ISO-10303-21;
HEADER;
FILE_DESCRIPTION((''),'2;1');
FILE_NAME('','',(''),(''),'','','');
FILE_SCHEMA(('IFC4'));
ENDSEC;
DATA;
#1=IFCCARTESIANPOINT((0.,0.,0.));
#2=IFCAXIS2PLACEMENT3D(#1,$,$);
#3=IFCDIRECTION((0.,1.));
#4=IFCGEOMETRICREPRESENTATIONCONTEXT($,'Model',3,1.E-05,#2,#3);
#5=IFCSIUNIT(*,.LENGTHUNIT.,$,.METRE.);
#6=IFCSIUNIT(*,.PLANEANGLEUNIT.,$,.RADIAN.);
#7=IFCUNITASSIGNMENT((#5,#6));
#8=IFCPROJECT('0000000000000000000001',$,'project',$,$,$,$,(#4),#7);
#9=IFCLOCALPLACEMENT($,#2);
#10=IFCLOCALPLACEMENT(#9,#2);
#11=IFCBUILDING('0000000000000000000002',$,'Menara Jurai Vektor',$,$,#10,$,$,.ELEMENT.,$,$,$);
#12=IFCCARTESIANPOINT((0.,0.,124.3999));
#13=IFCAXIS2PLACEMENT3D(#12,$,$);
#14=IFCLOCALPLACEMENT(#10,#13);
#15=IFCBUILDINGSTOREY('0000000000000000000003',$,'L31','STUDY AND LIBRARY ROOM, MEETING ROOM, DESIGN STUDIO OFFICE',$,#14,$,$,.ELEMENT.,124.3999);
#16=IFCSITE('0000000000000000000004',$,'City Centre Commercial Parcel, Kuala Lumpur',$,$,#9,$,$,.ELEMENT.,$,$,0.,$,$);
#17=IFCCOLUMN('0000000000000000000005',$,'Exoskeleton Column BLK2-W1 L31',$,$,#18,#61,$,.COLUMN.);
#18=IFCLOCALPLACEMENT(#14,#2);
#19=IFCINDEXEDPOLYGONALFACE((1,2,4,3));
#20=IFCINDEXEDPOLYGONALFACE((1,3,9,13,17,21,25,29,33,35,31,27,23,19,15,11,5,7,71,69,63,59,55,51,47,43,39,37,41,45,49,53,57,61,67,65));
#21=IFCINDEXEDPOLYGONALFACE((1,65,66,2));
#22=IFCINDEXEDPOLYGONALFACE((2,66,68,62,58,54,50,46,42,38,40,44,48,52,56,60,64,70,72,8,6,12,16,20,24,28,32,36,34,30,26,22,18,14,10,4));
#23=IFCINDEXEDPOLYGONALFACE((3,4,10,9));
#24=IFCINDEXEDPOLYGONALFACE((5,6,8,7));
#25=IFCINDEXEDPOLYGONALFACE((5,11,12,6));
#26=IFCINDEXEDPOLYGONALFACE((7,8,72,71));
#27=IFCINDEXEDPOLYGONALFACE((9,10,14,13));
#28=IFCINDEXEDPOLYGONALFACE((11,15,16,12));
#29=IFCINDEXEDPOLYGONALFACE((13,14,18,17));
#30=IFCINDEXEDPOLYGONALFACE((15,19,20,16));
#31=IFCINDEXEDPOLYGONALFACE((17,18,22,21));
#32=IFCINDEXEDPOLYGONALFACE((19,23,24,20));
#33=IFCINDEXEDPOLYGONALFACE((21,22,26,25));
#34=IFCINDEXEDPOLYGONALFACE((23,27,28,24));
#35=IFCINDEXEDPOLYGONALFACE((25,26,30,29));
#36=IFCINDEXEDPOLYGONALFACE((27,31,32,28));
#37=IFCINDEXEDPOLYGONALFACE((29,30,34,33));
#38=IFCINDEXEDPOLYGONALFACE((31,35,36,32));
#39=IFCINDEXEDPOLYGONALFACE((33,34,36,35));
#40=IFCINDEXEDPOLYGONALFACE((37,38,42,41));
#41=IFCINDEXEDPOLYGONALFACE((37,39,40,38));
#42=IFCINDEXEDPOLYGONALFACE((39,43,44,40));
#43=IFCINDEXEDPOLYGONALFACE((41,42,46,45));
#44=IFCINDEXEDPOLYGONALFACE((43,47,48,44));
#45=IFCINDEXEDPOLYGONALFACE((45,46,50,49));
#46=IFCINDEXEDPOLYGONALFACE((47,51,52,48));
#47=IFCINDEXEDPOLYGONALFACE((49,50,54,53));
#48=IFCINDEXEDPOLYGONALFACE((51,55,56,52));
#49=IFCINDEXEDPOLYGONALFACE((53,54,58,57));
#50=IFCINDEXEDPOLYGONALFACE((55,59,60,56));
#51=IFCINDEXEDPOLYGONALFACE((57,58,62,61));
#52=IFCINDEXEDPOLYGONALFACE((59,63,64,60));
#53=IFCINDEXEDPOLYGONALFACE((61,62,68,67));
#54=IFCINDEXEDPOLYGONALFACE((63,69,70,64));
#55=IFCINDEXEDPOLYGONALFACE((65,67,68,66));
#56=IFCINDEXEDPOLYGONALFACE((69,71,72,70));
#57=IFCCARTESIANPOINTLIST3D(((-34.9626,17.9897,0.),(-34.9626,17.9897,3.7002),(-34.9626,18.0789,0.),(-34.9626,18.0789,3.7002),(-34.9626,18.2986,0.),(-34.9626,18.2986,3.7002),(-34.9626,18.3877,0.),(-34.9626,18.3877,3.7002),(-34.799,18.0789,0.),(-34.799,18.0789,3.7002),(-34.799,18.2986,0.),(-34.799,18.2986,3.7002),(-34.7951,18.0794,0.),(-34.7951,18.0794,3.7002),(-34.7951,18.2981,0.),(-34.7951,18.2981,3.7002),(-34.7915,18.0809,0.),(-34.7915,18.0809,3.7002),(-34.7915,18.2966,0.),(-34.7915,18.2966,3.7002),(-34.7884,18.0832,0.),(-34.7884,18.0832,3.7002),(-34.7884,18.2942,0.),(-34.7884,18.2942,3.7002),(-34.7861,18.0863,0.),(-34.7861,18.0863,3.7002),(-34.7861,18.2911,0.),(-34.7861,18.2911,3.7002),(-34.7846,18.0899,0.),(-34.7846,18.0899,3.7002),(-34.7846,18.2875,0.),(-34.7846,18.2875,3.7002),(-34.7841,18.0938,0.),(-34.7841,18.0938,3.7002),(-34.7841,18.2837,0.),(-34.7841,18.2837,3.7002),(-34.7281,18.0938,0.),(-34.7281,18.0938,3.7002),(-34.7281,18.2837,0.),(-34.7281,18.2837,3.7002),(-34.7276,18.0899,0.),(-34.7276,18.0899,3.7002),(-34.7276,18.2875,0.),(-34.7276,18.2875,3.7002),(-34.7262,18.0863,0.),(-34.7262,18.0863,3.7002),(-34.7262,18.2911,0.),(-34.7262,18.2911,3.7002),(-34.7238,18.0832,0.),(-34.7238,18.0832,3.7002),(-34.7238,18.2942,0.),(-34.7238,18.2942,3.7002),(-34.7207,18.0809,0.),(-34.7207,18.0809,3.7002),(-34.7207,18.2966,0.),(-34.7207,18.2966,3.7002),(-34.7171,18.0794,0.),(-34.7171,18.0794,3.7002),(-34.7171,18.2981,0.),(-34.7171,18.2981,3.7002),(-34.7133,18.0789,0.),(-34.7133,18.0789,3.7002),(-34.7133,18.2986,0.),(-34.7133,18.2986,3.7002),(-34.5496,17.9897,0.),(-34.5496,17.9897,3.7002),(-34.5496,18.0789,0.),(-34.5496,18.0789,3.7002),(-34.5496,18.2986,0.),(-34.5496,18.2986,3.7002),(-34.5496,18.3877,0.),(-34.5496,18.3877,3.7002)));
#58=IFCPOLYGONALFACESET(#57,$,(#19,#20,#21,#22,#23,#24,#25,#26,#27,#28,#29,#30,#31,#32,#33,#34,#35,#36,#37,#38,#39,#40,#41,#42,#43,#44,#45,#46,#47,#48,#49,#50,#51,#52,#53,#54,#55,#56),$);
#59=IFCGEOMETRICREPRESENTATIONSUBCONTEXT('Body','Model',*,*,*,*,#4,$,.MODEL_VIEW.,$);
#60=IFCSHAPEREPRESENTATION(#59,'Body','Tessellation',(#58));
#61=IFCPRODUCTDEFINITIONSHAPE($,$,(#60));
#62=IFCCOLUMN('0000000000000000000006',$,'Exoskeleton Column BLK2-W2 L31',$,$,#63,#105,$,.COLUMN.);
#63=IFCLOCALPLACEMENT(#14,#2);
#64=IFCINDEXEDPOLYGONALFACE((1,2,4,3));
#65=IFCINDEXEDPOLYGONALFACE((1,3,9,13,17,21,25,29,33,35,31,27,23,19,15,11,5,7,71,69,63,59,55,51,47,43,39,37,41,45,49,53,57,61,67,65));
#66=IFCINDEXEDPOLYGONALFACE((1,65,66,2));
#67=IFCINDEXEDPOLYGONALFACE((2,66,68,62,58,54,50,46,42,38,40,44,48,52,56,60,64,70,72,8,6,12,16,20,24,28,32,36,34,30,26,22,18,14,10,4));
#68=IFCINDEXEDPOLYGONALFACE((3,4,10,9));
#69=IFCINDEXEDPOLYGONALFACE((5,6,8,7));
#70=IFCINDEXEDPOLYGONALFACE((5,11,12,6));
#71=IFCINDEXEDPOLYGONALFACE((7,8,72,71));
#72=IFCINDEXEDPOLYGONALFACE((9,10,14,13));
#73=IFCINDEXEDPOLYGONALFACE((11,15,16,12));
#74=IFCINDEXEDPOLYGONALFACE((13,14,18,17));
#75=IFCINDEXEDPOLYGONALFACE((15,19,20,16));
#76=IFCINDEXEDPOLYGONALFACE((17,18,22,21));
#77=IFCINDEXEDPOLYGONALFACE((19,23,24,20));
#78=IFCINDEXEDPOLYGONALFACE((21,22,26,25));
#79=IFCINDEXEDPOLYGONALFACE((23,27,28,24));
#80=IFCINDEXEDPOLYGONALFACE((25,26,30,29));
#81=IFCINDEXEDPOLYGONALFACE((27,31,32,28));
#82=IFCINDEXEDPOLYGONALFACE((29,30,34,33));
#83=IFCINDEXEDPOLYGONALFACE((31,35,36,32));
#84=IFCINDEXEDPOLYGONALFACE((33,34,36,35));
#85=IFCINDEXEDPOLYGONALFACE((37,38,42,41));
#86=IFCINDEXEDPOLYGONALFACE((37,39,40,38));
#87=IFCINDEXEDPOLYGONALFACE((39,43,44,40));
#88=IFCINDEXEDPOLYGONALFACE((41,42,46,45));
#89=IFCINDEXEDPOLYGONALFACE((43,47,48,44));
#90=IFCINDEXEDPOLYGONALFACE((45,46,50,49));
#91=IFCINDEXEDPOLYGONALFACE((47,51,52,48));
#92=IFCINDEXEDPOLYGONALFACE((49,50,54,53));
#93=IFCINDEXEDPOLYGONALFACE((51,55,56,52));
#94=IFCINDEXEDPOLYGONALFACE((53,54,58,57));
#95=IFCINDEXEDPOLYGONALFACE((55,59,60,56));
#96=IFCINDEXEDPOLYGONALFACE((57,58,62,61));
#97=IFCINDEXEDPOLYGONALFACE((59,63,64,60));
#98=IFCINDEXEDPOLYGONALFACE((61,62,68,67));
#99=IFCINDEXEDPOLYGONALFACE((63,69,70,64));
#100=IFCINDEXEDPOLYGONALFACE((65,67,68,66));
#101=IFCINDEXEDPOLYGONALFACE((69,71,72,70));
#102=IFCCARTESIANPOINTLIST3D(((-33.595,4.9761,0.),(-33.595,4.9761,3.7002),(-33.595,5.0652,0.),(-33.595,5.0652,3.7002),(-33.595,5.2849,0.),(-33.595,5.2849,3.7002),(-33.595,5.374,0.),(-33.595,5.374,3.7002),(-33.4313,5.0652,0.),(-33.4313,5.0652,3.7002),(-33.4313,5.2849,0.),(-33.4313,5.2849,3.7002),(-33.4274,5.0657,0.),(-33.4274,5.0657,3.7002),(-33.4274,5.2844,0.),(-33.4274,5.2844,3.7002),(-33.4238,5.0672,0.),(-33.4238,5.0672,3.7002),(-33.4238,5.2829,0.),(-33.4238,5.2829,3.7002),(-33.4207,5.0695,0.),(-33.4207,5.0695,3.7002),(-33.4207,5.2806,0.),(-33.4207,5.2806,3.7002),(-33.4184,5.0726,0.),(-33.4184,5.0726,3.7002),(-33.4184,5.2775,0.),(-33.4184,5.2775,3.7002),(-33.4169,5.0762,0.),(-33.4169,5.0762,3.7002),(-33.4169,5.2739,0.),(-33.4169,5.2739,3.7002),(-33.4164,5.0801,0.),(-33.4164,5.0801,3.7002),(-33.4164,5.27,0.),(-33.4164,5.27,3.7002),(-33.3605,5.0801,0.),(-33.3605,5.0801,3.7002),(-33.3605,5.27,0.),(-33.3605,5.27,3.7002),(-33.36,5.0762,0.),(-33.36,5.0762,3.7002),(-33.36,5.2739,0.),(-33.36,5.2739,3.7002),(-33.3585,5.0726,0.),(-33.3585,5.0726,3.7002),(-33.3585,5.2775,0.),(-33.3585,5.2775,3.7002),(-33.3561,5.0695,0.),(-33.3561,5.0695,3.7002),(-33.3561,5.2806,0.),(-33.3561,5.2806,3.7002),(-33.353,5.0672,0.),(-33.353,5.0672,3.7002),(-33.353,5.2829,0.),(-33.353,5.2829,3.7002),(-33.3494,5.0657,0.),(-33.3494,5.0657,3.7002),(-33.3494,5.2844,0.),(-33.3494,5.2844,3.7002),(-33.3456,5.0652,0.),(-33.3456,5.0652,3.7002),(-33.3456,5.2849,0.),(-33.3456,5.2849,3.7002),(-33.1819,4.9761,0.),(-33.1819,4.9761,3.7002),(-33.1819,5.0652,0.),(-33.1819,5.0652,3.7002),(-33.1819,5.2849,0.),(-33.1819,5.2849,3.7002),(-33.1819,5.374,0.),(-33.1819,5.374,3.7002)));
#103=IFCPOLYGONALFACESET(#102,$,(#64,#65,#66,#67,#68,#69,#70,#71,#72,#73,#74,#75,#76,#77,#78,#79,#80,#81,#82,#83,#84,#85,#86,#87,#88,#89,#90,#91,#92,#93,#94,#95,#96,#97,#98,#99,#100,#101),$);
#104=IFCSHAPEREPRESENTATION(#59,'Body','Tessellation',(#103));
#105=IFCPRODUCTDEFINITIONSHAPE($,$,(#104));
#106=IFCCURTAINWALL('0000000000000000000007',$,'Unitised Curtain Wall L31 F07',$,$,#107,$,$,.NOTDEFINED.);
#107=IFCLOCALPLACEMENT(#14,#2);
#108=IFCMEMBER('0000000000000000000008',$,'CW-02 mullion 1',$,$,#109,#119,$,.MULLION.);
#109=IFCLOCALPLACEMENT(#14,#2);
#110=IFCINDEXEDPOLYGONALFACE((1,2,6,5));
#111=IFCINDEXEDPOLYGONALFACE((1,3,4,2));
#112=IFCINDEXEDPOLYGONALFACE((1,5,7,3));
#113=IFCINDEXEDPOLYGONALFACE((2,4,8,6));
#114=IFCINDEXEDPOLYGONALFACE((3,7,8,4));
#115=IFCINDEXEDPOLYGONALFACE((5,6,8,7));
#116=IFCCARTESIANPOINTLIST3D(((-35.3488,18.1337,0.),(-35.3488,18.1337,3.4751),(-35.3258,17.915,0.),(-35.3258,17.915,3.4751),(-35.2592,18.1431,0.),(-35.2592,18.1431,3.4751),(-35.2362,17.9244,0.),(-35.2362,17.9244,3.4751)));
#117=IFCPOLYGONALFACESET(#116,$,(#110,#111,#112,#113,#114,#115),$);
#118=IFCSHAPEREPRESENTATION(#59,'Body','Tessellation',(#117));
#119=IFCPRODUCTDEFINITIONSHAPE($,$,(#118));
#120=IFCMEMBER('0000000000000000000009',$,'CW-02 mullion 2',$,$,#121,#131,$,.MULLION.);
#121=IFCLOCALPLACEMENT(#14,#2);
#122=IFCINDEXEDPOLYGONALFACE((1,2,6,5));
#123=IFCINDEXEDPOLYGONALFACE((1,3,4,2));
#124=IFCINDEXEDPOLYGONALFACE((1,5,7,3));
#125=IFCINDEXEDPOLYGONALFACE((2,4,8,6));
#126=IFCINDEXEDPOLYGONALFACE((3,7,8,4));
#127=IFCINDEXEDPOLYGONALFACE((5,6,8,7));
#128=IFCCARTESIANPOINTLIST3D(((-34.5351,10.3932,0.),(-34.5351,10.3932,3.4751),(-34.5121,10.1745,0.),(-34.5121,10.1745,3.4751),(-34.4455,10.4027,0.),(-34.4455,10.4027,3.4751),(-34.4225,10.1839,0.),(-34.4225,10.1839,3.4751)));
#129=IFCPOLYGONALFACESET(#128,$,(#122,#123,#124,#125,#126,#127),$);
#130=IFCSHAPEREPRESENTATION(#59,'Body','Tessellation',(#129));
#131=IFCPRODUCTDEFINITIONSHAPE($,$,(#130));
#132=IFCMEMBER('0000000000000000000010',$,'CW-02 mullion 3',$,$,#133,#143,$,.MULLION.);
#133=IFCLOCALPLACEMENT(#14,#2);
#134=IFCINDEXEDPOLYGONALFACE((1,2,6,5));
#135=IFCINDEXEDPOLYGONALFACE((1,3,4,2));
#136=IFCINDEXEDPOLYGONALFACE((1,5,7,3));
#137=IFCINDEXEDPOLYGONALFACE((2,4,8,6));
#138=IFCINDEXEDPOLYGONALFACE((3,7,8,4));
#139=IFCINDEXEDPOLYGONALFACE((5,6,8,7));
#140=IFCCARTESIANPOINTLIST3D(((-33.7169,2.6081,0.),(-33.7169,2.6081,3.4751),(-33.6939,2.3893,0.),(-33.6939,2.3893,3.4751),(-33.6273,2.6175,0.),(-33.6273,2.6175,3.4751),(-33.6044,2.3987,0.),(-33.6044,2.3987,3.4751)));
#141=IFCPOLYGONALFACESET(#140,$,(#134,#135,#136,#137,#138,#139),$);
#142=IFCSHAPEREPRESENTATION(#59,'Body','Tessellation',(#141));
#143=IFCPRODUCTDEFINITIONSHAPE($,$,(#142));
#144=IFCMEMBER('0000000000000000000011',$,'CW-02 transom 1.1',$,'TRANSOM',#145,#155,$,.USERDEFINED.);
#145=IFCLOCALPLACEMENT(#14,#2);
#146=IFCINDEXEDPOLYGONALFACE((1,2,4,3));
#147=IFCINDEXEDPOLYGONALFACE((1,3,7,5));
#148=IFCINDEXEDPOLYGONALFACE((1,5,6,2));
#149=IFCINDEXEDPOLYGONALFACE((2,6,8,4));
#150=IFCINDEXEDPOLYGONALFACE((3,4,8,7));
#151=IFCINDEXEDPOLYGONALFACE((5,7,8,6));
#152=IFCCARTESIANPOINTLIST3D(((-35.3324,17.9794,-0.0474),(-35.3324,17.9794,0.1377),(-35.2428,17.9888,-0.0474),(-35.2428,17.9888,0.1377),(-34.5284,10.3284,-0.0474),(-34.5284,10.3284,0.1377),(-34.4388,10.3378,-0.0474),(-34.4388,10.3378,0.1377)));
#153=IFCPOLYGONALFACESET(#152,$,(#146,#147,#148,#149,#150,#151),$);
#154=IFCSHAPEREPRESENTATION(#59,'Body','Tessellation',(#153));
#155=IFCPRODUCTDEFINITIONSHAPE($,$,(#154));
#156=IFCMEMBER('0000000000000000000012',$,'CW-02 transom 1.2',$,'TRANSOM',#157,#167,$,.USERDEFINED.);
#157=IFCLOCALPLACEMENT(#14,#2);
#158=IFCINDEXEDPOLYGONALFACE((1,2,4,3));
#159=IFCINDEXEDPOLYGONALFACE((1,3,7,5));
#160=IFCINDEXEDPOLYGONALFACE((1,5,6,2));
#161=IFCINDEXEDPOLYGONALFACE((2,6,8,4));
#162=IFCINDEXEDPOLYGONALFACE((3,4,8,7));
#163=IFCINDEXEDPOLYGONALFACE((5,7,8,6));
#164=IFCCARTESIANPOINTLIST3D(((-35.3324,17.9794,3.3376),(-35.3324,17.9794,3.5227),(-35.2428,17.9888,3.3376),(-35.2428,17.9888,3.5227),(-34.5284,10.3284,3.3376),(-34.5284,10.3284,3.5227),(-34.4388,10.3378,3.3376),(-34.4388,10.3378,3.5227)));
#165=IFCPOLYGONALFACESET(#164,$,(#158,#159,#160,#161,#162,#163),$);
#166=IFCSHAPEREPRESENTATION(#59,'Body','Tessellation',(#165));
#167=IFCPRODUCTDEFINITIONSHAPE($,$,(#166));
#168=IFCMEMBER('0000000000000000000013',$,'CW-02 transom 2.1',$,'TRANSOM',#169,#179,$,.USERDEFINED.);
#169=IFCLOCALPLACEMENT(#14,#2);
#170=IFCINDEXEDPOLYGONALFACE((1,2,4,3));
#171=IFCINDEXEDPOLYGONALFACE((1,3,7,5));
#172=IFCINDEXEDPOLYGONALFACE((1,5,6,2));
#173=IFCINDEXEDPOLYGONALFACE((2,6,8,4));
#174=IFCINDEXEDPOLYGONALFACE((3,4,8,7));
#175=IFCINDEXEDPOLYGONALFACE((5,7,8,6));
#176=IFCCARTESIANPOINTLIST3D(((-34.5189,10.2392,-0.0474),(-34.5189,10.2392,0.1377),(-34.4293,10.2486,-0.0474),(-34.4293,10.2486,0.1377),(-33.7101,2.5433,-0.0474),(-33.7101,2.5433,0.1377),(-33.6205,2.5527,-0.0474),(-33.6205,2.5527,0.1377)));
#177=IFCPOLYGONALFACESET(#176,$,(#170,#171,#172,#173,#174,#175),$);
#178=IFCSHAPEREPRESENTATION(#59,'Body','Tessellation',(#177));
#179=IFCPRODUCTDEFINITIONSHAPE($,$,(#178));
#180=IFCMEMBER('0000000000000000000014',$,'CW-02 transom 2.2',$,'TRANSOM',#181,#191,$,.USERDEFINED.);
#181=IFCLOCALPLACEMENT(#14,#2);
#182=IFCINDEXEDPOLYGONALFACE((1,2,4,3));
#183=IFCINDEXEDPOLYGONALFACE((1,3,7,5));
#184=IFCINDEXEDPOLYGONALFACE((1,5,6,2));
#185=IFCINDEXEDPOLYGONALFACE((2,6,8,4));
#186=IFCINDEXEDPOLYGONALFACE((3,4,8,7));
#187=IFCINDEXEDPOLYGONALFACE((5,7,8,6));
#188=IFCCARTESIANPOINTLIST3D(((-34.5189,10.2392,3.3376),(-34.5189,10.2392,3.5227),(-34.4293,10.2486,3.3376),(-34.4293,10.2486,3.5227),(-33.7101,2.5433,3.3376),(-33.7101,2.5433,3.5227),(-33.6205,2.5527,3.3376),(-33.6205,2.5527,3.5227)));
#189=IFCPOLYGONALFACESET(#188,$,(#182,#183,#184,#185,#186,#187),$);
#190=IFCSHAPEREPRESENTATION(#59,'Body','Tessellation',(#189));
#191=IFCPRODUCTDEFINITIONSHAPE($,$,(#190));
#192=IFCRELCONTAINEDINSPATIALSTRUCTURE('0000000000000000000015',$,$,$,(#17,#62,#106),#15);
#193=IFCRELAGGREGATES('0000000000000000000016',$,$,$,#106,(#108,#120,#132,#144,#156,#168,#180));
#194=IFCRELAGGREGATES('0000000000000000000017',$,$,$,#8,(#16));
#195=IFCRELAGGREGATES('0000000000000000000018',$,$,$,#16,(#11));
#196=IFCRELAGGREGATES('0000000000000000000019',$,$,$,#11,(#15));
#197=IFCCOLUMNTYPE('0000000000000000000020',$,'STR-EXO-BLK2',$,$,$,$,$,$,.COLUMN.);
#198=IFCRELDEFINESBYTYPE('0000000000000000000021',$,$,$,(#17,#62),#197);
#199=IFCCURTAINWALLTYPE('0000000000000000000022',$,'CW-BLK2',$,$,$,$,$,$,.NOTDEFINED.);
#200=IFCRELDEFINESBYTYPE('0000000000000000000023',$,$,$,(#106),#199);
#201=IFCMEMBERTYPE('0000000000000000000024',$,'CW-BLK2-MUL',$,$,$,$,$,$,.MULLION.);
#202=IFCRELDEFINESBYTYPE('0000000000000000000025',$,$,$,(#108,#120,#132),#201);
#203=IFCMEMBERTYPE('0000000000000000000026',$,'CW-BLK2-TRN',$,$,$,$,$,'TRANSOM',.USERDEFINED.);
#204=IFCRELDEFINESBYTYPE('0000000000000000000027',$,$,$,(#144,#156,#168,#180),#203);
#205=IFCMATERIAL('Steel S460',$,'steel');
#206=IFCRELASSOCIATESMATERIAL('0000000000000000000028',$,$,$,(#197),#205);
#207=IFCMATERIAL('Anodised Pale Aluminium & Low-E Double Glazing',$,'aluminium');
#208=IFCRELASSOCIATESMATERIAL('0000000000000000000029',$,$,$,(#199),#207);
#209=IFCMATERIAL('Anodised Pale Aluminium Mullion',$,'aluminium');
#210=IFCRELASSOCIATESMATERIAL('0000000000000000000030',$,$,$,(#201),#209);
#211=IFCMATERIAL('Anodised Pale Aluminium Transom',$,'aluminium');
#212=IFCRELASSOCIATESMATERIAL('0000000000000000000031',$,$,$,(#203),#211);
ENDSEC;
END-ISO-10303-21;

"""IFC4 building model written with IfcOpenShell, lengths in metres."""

from ifc_helpers import new_model, si_unit, direction, frame, origin, origin_2d, place, context, subcontext, project, spatial, rectangle, i_section, extrude, material, material_profile, profile_set, type_object, element, aggregate, save


model = new_model("IFC4")

# Units and contexts
model_context = context("Model", 3, precision=1e-05, world=origin(), true_north=direction((0.0, 1.0)))
body_context = subcontext(model_context, "Body", "Model", "MODEL_VIEW")
ifc_project = project(units=[si_unit("LENGTHUNIT", "METRE"), si_unit("PLANEANGLEUNIT", "RADIAN")], contexts=[model_context])

# Site, building, storey
site_placement = place(None, origin())
site = spatial("IfcSite", under=ifc_project, at=site_placement, Name="City Centre Commercial Parcel, Kuala Lumpur", CompositionType="ELEMENT", RefElevation=0.0)
building_placement = place(site_placement, origin())
building = spatial("IfcBuilding", under=site, at=building_placement, Name="Menara Jurai Vektor", CompositionType="ELEMENT")
storey_placement = place(building_placement, frame((0.0, 0.0, 124.3999)))
storey = spatial("IfcBuildingStorey", under=building, at=storey_placement, Name="L31", Description="STUDY AND LIBRARY ROOM, MEETING ROOM, DESIGN STUDIO OFFICE", CompositionType="ELEMENT", Elevation=124.3999)

# Columns
ifc_material_1 = material(Name="Steel S460", Category="steel")
ifc_material_profile_1 = material_profile(ifc_material_1, i_section(OverallWidth=0.4131, OverallDepth=0.3979, WebThickness=0.0559, FlangeThickness=0.0891, FilletRadius=0.0149, at=origin_2d()), Name="HD 400x744")
ifc_profile_set_1 = profile_set([ifc_material_profile_1], Name="Steel S460")
column_type = type_object("IfcColumnType", Name="STR-EXO-BLK2", PredefinedType="COLUMN", material=ifc_profile_set_1)
for number, where, z_axis, x_axis, name in (
    (1, (-34.7561, 18.1887, 0.0), (0.0, 0.0, 1.0), (1.0, 0.0, 0.0), "Exoskeleton Column BLK2-W1 L31"),
    (2, (-33.3884, 5.175, 0.0), (0.0, 0.0, 1.0), (1.0, 0.0, 0.0), "Exoskeleton Column BLK2-W2 L31"),
):
    element("IfcColumn", number, at=place(storey_placement, frame(where, z_axis=z_axis, x_axis=x_axis)), inside=storey, type_object=column_type, Name=name, PredefinedType="COLUMN", context=body_context, shape_type="SweptSolid", body=[
        extrude(i_section(OverallWidth=0.4131, OverallDepth=0.3979, WebThickness=0.0559, FlangeThickness=0.0891, FilletRadius=0.0149, at=origin_2d()), origin(), (0.0, 0.0, 1.0), 3.7002),
    ])

# Curtain wall, members
ifc_material_2 = material(Name="Anodised Pale Aluminium & Low-E Double Glazing", Category="aluminium")
curtain_wall_type = type_object("IfcCurtainWallType", Name="CW-BLK2", PredefinedType="NOTDEFINED", material=ifc_material_2)
curtain_wall_placement = place(storey_placement, origin())
curtain_wall = element("IfcCurtainWall", 3, at=curtain_wall_placement, inside=storey, type_object=curtain_wall_type, Name="Unitised Curtain Wall L31 F07", PredefinedType="NOTDEFINED")
ifc_material_3 = material(Name="Anodised Pale Aluminium Mullion", Category="aluminium")
ifc_material_profile_2 = material_profile(ifc_material_3, rectangle(XDim=0.0901, YDim=0.22, at=origin_2d()), Name="ALU MUL 90x220")
ifc_profile_set_2 = profile_set([ifc_material_profile_2], Name="Anodised Pale Aluminium Mullion")
member_type_1 = type_object("IfcMemberType", Name="CW-BLK2-MUL", PredefinedType="MULLION", material=ifc_profile_set_2)
member_1_placement = place(storey_placement, frame((-35.2925, 18.0291, 0.0), z_axis=(0.0, 0.0, 1.0), x_axis=(0.994522, 0.10453, 0.0)))
member_1 = element("IfcMember", 4, at=member_1_placement, type_object=member_type_1, Name="CW-02 mullion 1", PredefinedType="MULLION", context=body_context, shape_type="SweptSolid", body=[
    extrude(rectangle(XDim=0.0901, YDim=0.22, at=origin_2d()), origin(), (0.0, 0.0, 1.0), 3.4751),
])
member_2_placement = place(storey_placement, frame((-34.4788, 10.2886, 0.0), z_axis=(0.0, 0.0, 1.0), x_axis=(0.994522, 0.10453, 0.0)))
member_2 = element("IfcMember", 5, at=member_2_placement, type_object=member_type_1, Name="CW-02 mullion 2", PredefinedType="MULLION", context=body_context, shape_type="SweptSolid", body=[
    extrude(rectangle(XDim=0.0901, YDim=0.22, at=origin_2d()), origin(), (0.0, 0.0, 1.0), 3.4751),
])
member_3_placement = place(storey_placement, frame((-33.6606, 2.5034, 0.0), z_axis=(0.0, 0.0, 1.0), x_axis=(0.994522, 0.10453, 0.0)))
member_3 = element("IfcMember", 6, at=member_3_placement, type_object=member_type_1, Name="CW-02 mullion 3", PredefinedType="MULLION", context=body_context, shape_type="SweptSolid", body=[
    extrude(rectangle(XDim=0.0901, YDim=0.22, at=origin_2d()), origin(), (0.0, 0.0, 1.0), 3.4751),
])
ifc_material_4 = material(Name="Anodised Pale Aluminium Transom", Category="aluminium")
ifc_material_profile_3 = material_profile(ifc_material_4, rectangle(XDim=0.0901, YDim=0.1851, at=origin_2d()), Name="ALU TRN 90x185")
ifc_profile_set_3 = profile_set([ifc_material_profile_3], Name="Anodised Pale Aluminium Transom")
member_type_2 = type_object("IfcMemberType", Name="CW-BLK2-TRN", ElementType="TRANSOM", PredefinedType="USERDEFINED", material=ifc_profile_set_3)
member_4_placement = place(storey_placement, frame((-35.2876, 17.9841, 0.0452), z_axis=(0.104505, -0.994524, 0.0), x_axis=(0.994524, 0.104505, 0.0)))
member_4 = element("IfcMember", 7, at=member_4_placement, type_object=member_type_2, Name="CW-02 transom 1.1", ObjectType="TRANSOM", PredefinedType="USERDEFINED", context=body_context, shape_type="SweptSolid", body=[
    extrude(rectangle(XDim=0.0901, YDim=0.1851, at=origin_2d()), origin(), (0.0, 0.0, 1.0), 7.6931),
])
member_5_placement = place(storey_placement, frame((-35.2876, 17.9841, 3.4302), z_axis=(0.104505, -0.994524, 0.0), x_axis=(0.994524, 0.104505, 0.0)))
member_5 = element("IfcMember", 8, at=member_5_placement, type_object=member_type_2, Name="CW-02 transom 1.2", ObjectType="TRANSOM", PredefinedType="USERDEFINED", context=body_context, shape_type="SweptSolid", body=[
    extrude(rectangle(XDim=0.0901, YDim=0.1851, at=origin_2d()), origin(), (0.0, 0.0, 1.0), 7.6931),
])
member_6_placement = place(storey_placement, frame((-34.4741, 10.2439, 0.0452), z_axis=(0.104525, -0.994522, 0.0), x_axis=(0.994522, 0.104525, 0.0)))
member_6 = element("IfcMember", 9, at=member_6_placement, type_object=member_type_2, Name="CW-02 transom 2.1", ObjectType="TRANSOM", PredefinedType="USERDEFINED", context=body_context, shape_type="SweptSolid", body=[
    extrude(rectangle(XDim=0.0901, YDim=0.1851, at=origin_2d()), origin(), (0.0, 0.0, 1.0), 7.7383),
])
member_7_placement = place(storey_placement, frame((-34.4741, 10.2439, 3.4302), z_axis=(0.104525, -0.994522, 0.0), x_axis=(0.994522, 0.104525, 0.0)))
member_7 = element("IfcMember", 10, at=member_7_placement, type_object=member_type_2, Name="CW-02 transom 2.2", ObjectType="TRANSOM", PredefinedType="USERDEFINED", context=body_context, shape_type="SweptSolid", body=[
    extrude(rectangle(XDim=0.0901, YDim=0.1851, at=origin_2d()), origin(), (0.0, 0.0, 1.0), 7.7383),
])

aggregate(curtain_wall, [member_1, member_2, member_3, member_4, member_5, member_6, member_7])

save(model, "model.ifc")
